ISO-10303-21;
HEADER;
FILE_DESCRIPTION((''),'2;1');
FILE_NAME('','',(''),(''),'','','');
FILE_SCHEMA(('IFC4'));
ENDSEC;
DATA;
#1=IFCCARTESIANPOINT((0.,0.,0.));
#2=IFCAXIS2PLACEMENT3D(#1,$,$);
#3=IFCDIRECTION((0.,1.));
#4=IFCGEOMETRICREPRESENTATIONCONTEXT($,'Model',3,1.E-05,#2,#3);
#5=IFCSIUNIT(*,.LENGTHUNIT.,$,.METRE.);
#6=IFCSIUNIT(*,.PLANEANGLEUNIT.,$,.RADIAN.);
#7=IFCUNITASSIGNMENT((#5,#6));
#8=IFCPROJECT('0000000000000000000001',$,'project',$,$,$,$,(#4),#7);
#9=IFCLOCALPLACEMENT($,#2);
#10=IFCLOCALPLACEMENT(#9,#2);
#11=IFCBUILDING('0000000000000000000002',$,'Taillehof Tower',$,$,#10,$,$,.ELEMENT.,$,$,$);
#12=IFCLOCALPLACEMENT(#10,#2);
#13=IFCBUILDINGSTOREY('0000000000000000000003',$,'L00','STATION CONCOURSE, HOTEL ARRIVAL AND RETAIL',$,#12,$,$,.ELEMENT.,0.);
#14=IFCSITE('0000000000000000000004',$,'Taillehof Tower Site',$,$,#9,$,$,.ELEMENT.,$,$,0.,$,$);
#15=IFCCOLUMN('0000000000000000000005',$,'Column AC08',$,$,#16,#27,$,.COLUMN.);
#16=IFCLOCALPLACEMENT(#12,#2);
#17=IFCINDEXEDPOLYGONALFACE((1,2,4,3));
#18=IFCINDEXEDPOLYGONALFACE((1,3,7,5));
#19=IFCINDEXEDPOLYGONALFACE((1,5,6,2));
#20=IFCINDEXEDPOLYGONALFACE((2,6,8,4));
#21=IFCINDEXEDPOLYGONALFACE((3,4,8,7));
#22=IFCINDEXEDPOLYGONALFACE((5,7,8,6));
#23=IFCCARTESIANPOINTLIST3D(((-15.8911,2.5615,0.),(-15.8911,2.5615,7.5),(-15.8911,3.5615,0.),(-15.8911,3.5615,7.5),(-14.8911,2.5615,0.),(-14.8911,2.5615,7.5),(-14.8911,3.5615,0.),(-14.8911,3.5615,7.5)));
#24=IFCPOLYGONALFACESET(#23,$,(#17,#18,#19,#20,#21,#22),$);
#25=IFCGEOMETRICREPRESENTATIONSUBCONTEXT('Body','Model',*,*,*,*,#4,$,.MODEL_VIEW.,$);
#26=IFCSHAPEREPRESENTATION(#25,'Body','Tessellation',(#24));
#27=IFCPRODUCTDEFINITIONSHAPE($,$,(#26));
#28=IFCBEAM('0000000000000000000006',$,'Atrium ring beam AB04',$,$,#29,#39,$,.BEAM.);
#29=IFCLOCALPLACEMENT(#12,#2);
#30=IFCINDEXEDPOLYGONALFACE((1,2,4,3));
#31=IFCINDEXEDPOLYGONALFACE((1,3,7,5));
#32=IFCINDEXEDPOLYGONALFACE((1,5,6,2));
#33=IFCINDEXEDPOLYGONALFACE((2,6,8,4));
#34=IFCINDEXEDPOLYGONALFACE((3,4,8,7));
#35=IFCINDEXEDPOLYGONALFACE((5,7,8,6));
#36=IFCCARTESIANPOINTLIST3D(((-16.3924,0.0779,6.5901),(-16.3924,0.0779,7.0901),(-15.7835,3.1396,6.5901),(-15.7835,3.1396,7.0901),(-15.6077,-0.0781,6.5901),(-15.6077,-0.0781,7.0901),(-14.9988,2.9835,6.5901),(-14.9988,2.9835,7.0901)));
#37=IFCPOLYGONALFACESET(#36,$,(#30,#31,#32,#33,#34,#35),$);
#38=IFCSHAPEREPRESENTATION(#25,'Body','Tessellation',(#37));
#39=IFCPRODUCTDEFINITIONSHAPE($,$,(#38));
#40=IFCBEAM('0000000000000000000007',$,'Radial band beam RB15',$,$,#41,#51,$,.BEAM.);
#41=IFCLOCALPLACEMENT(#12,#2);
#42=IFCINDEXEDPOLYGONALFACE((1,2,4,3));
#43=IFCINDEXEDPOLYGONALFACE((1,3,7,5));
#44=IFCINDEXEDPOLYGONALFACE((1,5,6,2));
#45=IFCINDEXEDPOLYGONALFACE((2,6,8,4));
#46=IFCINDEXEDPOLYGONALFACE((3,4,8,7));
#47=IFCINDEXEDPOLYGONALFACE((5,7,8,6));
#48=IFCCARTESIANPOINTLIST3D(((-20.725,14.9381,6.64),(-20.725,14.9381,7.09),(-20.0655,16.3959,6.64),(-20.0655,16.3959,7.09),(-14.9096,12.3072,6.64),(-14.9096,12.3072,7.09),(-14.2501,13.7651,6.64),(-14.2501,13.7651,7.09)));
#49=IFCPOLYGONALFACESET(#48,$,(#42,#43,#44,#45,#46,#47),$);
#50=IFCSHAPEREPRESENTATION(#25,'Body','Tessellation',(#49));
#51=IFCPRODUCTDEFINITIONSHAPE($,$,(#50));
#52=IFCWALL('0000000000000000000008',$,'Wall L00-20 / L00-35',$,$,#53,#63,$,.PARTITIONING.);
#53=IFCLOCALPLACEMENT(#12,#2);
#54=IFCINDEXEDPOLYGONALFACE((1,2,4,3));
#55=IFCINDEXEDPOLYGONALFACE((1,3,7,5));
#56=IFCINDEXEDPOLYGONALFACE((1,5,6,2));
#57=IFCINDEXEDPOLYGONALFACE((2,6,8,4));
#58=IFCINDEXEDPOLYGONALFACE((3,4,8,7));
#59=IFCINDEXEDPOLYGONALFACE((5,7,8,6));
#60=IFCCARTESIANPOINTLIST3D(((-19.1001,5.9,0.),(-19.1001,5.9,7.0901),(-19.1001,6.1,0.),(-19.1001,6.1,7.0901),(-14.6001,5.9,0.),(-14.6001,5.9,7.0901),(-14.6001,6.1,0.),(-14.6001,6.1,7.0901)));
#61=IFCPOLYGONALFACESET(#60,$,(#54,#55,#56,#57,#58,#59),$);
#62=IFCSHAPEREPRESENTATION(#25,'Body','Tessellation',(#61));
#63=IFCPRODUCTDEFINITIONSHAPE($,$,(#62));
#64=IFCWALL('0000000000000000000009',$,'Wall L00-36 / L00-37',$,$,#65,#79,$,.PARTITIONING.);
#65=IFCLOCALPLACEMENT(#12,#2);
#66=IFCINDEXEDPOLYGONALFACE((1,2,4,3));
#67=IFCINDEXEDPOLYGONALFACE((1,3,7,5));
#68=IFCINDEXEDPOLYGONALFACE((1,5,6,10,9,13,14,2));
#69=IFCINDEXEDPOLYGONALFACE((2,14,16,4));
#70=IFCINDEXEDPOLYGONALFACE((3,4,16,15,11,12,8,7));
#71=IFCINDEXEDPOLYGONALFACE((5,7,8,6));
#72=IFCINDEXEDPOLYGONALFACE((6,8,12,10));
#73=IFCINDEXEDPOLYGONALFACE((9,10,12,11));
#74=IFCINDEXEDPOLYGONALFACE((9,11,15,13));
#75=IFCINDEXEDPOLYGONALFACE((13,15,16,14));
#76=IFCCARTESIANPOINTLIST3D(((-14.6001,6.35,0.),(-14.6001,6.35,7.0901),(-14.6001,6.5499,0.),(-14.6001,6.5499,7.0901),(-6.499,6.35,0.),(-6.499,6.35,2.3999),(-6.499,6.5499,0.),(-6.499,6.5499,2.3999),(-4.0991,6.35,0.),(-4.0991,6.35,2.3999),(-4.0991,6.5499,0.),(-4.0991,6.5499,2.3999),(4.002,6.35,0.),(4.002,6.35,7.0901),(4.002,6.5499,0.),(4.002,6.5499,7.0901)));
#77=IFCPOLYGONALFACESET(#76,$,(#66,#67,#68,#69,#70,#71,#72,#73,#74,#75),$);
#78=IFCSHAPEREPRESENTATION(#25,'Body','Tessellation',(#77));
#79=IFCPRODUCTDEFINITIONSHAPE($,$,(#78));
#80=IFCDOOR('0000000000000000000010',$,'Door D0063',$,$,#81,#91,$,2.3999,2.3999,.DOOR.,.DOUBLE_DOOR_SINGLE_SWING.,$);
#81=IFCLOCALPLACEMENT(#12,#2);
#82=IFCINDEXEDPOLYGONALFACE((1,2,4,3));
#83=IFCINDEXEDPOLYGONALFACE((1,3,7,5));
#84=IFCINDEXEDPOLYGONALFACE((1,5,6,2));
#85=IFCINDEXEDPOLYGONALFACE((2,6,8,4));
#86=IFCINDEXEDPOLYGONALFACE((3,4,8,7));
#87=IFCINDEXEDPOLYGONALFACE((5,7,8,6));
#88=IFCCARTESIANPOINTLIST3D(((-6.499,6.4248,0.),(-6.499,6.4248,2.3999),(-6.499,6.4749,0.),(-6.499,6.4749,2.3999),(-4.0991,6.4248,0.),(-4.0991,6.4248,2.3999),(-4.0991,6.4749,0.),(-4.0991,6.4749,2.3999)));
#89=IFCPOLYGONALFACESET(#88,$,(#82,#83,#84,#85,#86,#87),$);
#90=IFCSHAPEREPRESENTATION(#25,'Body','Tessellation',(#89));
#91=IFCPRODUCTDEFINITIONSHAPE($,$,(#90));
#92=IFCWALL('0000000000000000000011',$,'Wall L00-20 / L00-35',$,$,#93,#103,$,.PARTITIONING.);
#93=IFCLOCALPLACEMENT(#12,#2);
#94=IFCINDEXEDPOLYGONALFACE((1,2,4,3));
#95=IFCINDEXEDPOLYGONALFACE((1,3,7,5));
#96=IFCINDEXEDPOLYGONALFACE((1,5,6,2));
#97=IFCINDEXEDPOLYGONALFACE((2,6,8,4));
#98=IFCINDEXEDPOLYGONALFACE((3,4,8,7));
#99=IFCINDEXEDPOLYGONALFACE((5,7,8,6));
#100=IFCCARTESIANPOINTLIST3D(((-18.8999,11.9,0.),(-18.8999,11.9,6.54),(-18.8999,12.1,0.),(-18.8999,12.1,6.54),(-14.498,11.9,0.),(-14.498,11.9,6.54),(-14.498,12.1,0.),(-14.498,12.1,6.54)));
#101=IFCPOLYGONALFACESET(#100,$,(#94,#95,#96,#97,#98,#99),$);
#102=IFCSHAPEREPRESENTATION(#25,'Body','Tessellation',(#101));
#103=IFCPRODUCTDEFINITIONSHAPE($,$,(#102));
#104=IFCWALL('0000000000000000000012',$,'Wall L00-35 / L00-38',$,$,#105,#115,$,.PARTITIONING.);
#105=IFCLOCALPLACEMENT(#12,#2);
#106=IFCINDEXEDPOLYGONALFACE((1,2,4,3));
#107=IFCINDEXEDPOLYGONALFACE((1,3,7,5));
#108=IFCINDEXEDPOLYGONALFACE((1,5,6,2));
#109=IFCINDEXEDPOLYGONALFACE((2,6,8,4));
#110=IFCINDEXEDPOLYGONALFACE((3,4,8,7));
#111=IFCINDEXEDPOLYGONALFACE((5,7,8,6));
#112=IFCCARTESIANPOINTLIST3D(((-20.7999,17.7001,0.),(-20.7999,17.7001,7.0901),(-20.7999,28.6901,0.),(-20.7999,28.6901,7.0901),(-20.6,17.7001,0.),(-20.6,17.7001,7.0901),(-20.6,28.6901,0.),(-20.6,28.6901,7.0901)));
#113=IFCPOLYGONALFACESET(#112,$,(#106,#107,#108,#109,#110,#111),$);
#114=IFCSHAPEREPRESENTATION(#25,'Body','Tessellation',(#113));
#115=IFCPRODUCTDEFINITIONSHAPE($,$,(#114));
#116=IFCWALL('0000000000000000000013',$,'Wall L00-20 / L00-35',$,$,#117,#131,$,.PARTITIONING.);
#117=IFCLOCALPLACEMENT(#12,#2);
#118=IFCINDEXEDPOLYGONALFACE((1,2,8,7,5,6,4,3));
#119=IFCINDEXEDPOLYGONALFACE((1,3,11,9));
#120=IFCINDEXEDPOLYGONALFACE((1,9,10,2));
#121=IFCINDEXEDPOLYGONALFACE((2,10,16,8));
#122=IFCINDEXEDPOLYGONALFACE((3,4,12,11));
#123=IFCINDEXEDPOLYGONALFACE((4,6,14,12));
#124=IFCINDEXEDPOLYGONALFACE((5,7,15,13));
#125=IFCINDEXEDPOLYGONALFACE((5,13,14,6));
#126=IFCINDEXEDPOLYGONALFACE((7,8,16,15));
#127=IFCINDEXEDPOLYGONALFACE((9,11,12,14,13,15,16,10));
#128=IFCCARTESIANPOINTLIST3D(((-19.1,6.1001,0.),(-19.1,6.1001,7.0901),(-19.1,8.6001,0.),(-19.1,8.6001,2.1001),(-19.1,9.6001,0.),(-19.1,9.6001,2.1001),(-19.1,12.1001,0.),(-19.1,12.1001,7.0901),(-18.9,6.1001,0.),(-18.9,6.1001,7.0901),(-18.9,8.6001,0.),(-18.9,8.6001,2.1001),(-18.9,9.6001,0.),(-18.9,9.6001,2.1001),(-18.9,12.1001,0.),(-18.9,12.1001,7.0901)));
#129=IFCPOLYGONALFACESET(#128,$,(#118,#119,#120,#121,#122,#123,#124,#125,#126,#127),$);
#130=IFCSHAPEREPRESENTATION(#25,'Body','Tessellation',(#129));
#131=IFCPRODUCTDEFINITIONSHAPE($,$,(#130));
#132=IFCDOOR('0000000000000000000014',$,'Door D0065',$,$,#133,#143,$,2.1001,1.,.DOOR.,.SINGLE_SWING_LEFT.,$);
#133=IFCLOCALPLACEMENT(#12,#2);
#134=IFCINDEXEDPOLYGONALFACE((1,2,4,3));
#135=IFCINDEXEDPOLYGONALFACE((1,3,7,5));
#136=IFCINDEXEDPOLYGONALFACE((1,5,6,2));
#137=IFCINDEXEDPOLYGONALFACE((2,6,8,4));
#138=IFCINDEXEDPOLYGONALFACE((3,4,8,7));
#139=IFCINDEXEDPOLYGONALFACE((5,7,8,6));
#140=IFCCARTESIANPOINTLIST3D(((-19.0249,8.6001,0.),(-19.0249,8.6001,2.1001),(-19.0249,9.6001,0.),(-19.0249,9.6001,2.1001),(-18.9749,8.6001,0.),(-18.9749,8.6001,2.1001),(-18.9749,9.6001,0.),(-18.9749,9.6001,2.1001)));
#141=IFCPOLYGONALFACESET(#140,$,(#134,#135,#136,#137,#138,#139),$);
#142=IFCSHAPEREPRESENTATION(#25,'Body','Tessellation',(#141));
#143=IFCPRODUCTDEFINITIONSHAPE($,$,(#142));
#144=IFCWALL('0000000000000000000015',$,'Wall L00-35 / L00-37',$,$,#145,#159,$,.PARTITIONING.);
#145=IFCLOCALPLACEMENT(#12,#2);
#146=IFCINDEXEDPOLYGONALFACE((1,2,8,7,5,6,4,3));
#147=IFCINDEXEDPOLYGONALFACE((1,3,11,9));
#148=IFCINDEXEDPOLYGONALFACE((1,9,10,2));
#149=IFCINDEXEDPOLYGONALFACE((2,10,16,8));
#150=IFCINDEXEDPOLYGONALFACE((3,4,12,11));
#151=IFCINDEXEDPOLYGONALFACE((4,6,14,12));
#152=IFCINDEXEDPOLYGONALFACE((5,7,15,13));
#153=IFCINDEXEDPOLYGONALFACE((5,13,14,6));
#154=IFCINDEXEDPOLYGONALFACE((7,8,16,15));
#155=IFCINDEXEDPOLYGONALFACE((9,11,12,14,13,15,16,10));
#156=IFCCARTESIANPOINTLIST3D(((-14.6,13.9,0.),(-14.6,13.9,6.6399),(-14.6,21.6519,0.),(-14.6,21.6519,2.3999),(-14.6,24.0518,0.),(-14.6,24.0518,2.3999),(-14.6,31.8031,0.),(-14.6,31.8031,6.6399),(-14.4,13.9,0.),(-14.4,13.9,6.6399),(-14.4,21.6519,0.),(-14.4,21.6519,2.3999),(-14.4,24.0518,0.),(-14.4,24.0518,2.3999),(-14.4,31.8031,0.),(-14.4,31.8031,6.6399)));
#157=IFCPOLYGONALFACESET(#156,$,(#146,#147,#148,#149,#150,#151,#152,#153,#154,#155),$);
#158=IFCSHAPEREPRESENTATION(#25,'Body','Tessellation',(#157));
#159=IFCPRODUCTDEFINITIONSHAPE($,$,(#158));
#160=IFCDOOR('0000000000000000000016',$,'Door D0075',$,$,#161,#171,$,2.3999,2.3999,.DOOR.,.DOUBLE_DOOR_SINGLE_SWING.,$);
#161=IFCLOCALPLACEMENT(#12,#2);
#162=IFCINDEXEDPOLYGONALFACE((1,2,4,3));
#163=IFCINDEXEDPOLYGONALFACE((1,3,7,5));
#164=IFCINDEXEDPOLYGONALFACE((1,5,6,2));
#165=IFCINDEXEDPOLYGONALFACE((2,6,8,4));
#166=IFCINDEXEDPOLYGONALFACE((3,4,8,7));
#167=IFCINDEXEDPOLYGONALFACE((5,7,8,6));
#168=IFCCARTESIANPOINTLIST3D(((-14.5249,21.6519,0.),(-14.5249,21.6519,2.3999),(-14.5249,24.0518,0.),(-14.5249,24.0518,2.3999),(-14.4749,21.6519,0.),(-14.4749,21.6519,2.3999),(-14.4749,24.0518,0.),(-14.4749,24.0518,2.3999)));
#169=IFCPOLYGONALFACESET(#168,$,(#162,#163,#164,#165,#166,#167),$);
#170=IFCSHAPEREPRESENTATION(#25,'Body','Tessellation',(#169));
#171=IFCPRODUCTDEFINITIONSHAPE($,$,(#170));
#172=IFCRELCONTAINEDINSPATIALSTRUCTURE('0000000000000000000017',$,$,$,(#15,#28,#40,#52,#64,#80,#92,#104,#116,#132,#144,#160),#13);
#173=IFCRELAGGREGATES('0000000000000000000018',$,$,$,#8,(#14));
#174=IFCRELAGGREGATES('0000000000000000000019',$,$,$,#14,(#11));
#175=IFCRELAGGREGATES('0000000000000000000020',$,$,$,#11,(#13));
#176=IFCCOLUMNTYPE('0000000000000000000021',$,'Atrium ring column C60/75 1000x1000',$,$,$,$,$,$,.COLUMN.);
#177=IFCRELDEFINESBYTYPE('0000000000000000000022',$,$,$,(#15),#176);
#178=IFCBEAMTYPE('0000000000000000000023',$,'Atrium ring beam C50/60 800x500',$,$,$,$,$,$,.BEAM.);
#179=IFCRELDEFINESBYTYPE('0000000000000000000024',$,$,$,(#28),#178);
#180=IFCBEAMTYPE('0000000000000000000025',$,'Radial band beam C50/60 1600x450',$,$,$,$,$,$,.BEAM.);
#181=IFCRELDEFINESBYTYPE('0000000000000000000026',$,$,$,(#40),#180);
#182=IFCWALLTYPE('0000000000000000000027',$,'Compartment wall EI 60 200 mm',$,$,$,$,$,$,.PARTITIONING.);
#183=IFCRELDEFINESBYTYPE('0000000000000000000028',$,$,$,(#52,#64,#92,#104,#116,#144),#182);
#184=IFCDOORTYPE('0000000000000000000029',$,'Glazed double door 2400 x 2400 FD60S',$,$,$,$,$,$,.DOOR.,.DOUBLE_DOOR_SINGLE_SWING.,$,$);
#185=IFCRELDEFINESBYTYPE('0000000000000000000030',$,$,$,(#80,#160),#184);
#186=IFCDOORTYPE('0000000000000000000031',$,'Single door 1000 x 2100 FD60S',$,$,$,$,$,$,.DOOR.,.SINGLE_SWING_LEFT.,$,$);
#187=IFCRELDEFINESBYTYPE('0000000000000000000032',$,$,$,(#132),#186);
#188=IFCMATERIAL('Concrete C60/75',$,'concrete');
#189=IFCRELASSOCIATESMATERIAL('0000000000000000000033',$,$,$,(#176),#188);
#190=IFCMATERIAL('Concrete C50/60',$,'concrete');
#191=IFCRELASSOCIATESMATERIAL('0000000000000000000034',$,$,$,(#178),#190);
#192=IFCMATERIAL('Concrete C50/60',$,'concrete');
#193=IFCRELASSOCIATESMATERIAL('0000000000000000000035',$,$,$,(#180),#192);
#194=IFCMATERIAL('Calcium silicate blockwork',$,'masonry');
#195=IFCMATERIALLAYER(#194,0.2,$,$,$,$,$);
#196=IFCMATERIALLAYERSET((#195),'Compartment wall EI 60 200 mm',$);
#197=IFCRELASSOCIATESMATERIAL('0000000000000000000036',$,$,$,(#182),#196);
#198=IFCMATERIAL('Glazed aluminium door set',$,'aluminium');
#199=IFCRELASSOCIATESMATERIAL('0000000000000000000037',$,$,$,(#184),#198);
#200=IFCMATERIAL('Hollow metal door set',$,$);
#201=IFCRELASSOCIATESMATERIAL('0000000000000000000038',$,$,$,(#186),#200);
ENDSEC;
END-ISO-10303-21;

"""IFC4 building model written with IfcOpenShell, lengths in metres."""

from ifc_helpers import new_model, si_unit, direction, frame, frame_2d, origin, origin_2d, place, context, subcontext, project, spatial, rectangle, extrude, material, layer, layer_set, material_profile, profile_set, type_object, element, fill, save


model = new_model("IFC4")

# Units and contexts
model_context = context("Model", 3, precision=1e-05, world=origin(), true_north=direction((0.0, 1.0)))
body_context = subcontext(model_context, "Body", "Model", "MODEL_VIEW")
ifc_project = project(units=[si_unit("LENGTHUNIT", "METRE"), si_unit("PLANEANGLEUNIT", "RADIAN")], contexts=[model_context])

# Site, building, storey
site_placement = place(None, origin())
site = spatial("IfcSite", under=ifc_project, at=site_placement, Name="Taillehof Tower Site", CompositionType="ELEMENT", RefElevation=0.0)
building_placement = place(site_placement, origin())
building = spatial("IfcBuilding", under=site, at=building_placement, Name="Taillehof Tower", CompositionType="ELEMENT")
storey_placement = place(building_placement, origin())
storey = spatial("IfcBuildingStorey", under=building, at=storey_placement, Name="L00", Description="STATION CONCOURSE, HOTEL ARRIVAL AND RETAIL", CompositionType="ELEMENT", Elevation=0.0)

# Column
ifc_material_1 = material(Name="Concrete C60/75", Category="concrete")
ifc_material_profile_1 = material_profile(ifc_material_1, rectangle(XDim=1.0, YDim=1.0, at=origin_2d()), Name="RC 1000x1000")
ifc_profile_set_1 = profile_set([ifc_material_profile_1], Name="Concrete C60/75")
column_type = type_object("IfcColumnType", Name="Atrium ring column C60/75 1000x1000", PredefinedType="COLUMN", material=ifc_profile_set_1)
column_placement = place(storey_placement, frame((-15.3911, 3.0615, 0.0), z_axis=(0.0, 0.0, 1.0), x_axis=(1.0, 0.0, 0.0)))
element("IfcColumn", 1, at=column_placement, inside=storey, type_object=column_type, Name="Column AC08", PredefinedType="COLUMN", context=body_context, shape_type="SweptSolid", body=[
    extrude(rectangle(XDim=1.0, YDim=1.0, at=origin_2d()), origin(), (0.0, 0.0, 1.0), 7.5),
])

# Beams
ifc_material_2 = material(Name="Concrete C50/60", Category="concrete")
ifc_material_profile_2 = material_profile(ifc_material_2, rectangle(XDim=0.8, YDim=0.5, at=origin_2d()), Name="RC 800x500")
ifc_profile_set_2 = profile_set([ifc_material_profile_2], Name="Concrete C50/60")
beam_type_1 = type_object("IfcBeamType", Name="Atrium ring beam C50/60 800x500", PredefinedType="BEAM", material=ifc_profile_set_2)
beam_1_placement = place(storey_placement, frame((-15.3911, 3.0615, 6.8401), z_axis=(-0.195063, -0.980791, 0.0), x_axis=(0.980791, -0.195063, 0.0)))
element("IfcBeam", 2, at=beam_1_placement, inside=storey, type_object=beam_type_1, Name="Atrium ring beam AB04", PredefinedType="BEAM", context=body_context, shape_type="SweptSolid", body=[
    extrude(rectangle(XDim=0.8, YDim=0.5, at=origin_2d()), origin(), (0.0, 0.0, 1.0), 3.1216),
])
ifc_material_3 = material(Name="Concrete C50/60", Category="concrete")
ifc_material_profile_3 = material_profile(ifc_material_3, rectangle(XDim=1.6001, YDim=0.45, at=origin_2d()), Name="RC 1600x450")
ifc_profile_set_3 = profile_set([ifc_material_profile_3], Name="Concrete C50/60")
beam_type_2 = type_object("IfcBeamType", Name="Radial band beam C50/60 1600x450", PredefinedType="BEAM", material=ifc_profile_set_3)
beam_2_placement = place(storey_placement, frame((-20.3953, 15.667, 6.865), z_axis=(0.911104, -0.412177, 0.0), x_axis=(0.412177, 0.911104, 0.0)))
element("IfcBeam", 3, at=beam_2_placement, inside=storey, type_object=beam_type_2, Name="Radial band beam RB15", PredefinedType="BEAM", context=body_context, shape_type="SweptSolid", body=[
    extrude(rectangle(XDim=1.6001, YDim=0.45, at=origin_2d()), origin(), (0.0, 0.0, 1.0), 6.3828),
])

# Wall
ifc_material_4 = material(Name="Calcium silicate blockwork", Category="masonry")
ifc_layer_1 = layer(ifc_material_4, 0.2)
ifc_layer_set_1 = layer_set([ifc_layer_1], Name="Compartment wall EI 60 200 mm")
wall_type_1 = type_object("IfcWallType", Name="Compartment wall EI 60 200 mm", PredefinedType="PARTITIONING", material=ifc_layer_set_1)
wall_1_placement = place(storey_placement, frame((-19.1001, 6.0, 0.0), z_axis=(0.0, 0.0, 1.0), x_axis=(1.0, 0.0, 0.0)))
element("IfcWall", 4, at=wall_1_placement, inside=storey, type_object=wall_type_1, Name="Wall L00-20 / L00-35", PredefinedType="PARTITIONING", context=body_context, shape_type="SweptSolid", body=[
    extrude(rectangle(XDim=4.5, YDim=0.2, at=frame_2d((2.25, 0.0))), origin(), (0.0, 0.0, 1.0), 7.0901),
])

# Wall, opening, door
wall_2_placement = place(storey_placement, frame((-14.6001, 6.45, 0.0), z_axis=(0.0, 0.0, 1.0), x_axis=(1.0, 0.0, 0.0)))
wall_2 = element("IfcWall", 5, at=wall_2_placement, inside=storey, type_object=wall_type_1, Name="Wall L00-36 / L00-37", PredefinedType="PARTITIONING", context=body_context, shape_type="SweptSolid", body=[
    extrude(rectangle(XDim=18.6021, YDim=0.2, at=frame_2d((9.301, 0.0))), origin(), (0.0, 0.0, 1.0), 7.0901),
])
opening_1_placement = place(wall_2_placement, frame((8.1011, 0.0, 0.0)))
opening_1 = element("IfcOpeningElement", 6, at=opening_1_placement, cuts=wall_2, PredefinedType="OPENING", context=body_context, shape_type="SweptSolid", body=[
    extrude(rectangle(XDim=2.3999, YDim=2.3999, at=frame_2d((1.2, 1.2))), frame((0.0, 0.1099, 0.0), z_axis=(0.0, -1.0, 0.0), x_axis=(1.0, 0.0, 0.0)), (0.0, 0.0, 1.0), 0.22),
])
ifc_material_5 = material(Name="Glazed aluminium door set", Category="aluminium")
door_type_1 = type_object("IfcDoorType", Name="Glazed double door 2400 x 2400 FD60S", OperationType="DOUBLE_DOOR_SINGLE_SWING", PredefinedType="DOOR", material=ifc_material_5)
door_1_placement = place(opening_1_placement, origin())
door_1 = element("IfcDoor", 7, at=door_1_placement, inside=storey, type_object=door_type_1, Name="Door D0063", OperationType="DOUBLE_DOOR_SINGLE_SWING", OverallHeight=2.3999, OverallWidth=2.3999, PredefinedType="DOOR", context=body_context, shape_type="SweptSolid", body=[
    extrude(rectangle(XDim=2.3999, YDim=2.3999, at=frame_2d((1.2, 1.2))), frame((0.0, 0.0249, 0.0), z_axis=(0.0, -1.0, 0.0), x_axis=(1.0, 0.0, 0.0)), (0.0, 0.0, 1.0), 0.05),
])
fill(opening_1, door_1)

# Walls
wall_3_placement = place(storey_placement, frame((-18.8999, 12.0, 0.0), z_axis=(0.0, 0.0, 1.0), x_axis=(1.0, 0.0, 0.0)))
element("IfcWall", 8, at=wall_3_placement, inside=storey, type_object=wall_type_1, Name="Wall L00-20 / L00-35", PredefinedType="PARTITIONING", context=body_context, shape_type="SweptSolid", body=[
    extrude(rectangle(XDim=4.4019, YDim=0.2, at=frame_2d((2.2009, 0.0))), origin(), (0.0, 0.0, 1.0), 6.54),
])
wall_4_placement = place(storey_placement, frame((-20.7, 17.7, 0.0), z_axis=(0.0, 0.0, 1.0), x_axis=(0.0, 1.0, 0.0)))
element("IfcWall", 9, at=wall_4_placement, inside=storey, type_object=wall_type_1, Name="Wall L00-35 / L00-38", PredefinedType="PARTITIONING", context=body_context, shape_type="SweptSolid", body=[
    extrude(rectangle(XDim=10.99, YDim=0.2, at=frame_2d((5.4951, 0.0))), origin(), (0.0, 0.0, 1.0), 7.0901),
])

# Walls, openings, doors
wall_5_placement = place(storey_placement, frame((-19.0, 6.1001, 0.0), z_axis=(0.0, 0.0, 1.0), x_axis=(0.0, 1.0, 0.0)))
wall_5 = element("IfcWall", 10, at=wall_5_placement, inside=storey, type_object=wall_type_1, Name="Wall L00-20 / L00-35", PredefinedType="PARTITIONING", context=body_context, shape_type="SweptSolid", body=[
    extrude(rectangle(XDim=6.0, YDim=0.2, at=frame_2d((3.0, 0.0))), origin(), (0.0, 0.0, 1.0), 7.0901),
])
opening_2_placement = place(wall_5_placement, frame((2.5, 0.0, 0.0)))
opening_2 = element("IfcOpeningElement", 11, at=opening_2_placement, cuts=wall_5, PredefinedType="OPENING", context=body_context, shape_type="SweptSolid", body=[
    extrude(rectangle(XDim=1.0, YDim=2.1001, at=frame_2d((0.5, 1.05))), frame((0.0, 0.1099, 0.0), z_axis=(0.0, -1.0, 0.0), x_axis=(1.0, 0.0, 0.0)), (0.0, 0.0, 1.0), 0.22),
])
ifc_material_6 = material(Name="Hollow metal door set")
door_type_2 = type_object("IfcDoorType", Name="Single door 1000 x 2100 FD60S", OperationType="SINGLE_SWING_LEFT", PredefinedType="DOOR", material=ifc_material_6)
door_2_placement = place(opening_2_placement, origin())
door_2 = element("IfcDoor", 12, at=door_2_placement, inside=storey, type_object=door_type_2, Name="Door D0065", OperationType="SINGLE_SWING_LEFT", OverallHeight=2.1001, OverallWidth=1.0, PredefinedType="DOOR", context=body_context, shape_type="SweptSolid", body=[
    extrude(rectangle(XDim=1.0, YDim=2.1001, at=frame_2d((0.5, 1.05))), frame((0.0, 0.0249, 0.0), z_axis=(0.0, -1.0, 0.0), x_axis=(1.0, 0.0, 0.0)), (0.0, 0.0, 1.0), 0.05),
])
fill(opening_2, door_2)
wall_6_placement = place(storey_placement, frame((-14.5, 13.8999, 0.0), z_axis=(0.0, 0.0, 1.0), x_axis=(0.0, 1.0, 0.0)))
wall_6 = element("IfcWall", 13, at=wall_6_placement, inside=storey, type_object=wall_type_1, Name="Wall L00-35 / L00-37", PredefinedType="PARTITIONING", context=body_context, shape_type="SweptSolid", body=[
    extrude(rectangle(XDim=17.9031, YDim=0.2, at=frame_2d((8.9517, 0.0))), origin(), (0.0, 0.0, 1.0), 6.6399),
])
opening_3_placement = place(wall_6_placement, frame((7.752, 0.0, 0.0)))
opening_3 = element("IfcOpeningElement", 14, at=opening_3_placement, cuts=wall_6, PredefinedType="OPENING", context=body_context, shape_type="SweptSolid", body=[
    extrude(rectangle(XDim=2.3999, YDim=2.3999, at=frame_2d((1.2, 1.2))), frame((0.0, 0.1099, 0.0), z_axis=(0.0, -1.0, 0.0), x_axis=(1.0, 0.0, 0.0)), (0.0, 0.0, 1.0), 0.22),
])
door_3_placement = place(opening_3_placement, origin())
door_3 = element("IfcDoor", 15, at=door_3_placement, inside=storey, type_object=door_type_1, Name="Door D0075", OperationType="DOUBLE_DOOR_SINGLE_SWING", OverallHeight=2.3999, OverallWidth=2.3999, PredefinedType="DOOR", context=body_context, shape_type="SweptSolid", body=[
    extrude(rectangle(XDim=2.3999, YDim=2.3999, at=frame_2d((1.2, 1.2))), frame((0.0, 0.0249, 0.0), z_axis=(0.0, -1.0, 0.0), x_axis=(1.0, 0.0, 0.0)), (0.0, 0.0, 1.0), 0.05),
])
fill(opening_3, door_3)

save(model, "model.ifc")
